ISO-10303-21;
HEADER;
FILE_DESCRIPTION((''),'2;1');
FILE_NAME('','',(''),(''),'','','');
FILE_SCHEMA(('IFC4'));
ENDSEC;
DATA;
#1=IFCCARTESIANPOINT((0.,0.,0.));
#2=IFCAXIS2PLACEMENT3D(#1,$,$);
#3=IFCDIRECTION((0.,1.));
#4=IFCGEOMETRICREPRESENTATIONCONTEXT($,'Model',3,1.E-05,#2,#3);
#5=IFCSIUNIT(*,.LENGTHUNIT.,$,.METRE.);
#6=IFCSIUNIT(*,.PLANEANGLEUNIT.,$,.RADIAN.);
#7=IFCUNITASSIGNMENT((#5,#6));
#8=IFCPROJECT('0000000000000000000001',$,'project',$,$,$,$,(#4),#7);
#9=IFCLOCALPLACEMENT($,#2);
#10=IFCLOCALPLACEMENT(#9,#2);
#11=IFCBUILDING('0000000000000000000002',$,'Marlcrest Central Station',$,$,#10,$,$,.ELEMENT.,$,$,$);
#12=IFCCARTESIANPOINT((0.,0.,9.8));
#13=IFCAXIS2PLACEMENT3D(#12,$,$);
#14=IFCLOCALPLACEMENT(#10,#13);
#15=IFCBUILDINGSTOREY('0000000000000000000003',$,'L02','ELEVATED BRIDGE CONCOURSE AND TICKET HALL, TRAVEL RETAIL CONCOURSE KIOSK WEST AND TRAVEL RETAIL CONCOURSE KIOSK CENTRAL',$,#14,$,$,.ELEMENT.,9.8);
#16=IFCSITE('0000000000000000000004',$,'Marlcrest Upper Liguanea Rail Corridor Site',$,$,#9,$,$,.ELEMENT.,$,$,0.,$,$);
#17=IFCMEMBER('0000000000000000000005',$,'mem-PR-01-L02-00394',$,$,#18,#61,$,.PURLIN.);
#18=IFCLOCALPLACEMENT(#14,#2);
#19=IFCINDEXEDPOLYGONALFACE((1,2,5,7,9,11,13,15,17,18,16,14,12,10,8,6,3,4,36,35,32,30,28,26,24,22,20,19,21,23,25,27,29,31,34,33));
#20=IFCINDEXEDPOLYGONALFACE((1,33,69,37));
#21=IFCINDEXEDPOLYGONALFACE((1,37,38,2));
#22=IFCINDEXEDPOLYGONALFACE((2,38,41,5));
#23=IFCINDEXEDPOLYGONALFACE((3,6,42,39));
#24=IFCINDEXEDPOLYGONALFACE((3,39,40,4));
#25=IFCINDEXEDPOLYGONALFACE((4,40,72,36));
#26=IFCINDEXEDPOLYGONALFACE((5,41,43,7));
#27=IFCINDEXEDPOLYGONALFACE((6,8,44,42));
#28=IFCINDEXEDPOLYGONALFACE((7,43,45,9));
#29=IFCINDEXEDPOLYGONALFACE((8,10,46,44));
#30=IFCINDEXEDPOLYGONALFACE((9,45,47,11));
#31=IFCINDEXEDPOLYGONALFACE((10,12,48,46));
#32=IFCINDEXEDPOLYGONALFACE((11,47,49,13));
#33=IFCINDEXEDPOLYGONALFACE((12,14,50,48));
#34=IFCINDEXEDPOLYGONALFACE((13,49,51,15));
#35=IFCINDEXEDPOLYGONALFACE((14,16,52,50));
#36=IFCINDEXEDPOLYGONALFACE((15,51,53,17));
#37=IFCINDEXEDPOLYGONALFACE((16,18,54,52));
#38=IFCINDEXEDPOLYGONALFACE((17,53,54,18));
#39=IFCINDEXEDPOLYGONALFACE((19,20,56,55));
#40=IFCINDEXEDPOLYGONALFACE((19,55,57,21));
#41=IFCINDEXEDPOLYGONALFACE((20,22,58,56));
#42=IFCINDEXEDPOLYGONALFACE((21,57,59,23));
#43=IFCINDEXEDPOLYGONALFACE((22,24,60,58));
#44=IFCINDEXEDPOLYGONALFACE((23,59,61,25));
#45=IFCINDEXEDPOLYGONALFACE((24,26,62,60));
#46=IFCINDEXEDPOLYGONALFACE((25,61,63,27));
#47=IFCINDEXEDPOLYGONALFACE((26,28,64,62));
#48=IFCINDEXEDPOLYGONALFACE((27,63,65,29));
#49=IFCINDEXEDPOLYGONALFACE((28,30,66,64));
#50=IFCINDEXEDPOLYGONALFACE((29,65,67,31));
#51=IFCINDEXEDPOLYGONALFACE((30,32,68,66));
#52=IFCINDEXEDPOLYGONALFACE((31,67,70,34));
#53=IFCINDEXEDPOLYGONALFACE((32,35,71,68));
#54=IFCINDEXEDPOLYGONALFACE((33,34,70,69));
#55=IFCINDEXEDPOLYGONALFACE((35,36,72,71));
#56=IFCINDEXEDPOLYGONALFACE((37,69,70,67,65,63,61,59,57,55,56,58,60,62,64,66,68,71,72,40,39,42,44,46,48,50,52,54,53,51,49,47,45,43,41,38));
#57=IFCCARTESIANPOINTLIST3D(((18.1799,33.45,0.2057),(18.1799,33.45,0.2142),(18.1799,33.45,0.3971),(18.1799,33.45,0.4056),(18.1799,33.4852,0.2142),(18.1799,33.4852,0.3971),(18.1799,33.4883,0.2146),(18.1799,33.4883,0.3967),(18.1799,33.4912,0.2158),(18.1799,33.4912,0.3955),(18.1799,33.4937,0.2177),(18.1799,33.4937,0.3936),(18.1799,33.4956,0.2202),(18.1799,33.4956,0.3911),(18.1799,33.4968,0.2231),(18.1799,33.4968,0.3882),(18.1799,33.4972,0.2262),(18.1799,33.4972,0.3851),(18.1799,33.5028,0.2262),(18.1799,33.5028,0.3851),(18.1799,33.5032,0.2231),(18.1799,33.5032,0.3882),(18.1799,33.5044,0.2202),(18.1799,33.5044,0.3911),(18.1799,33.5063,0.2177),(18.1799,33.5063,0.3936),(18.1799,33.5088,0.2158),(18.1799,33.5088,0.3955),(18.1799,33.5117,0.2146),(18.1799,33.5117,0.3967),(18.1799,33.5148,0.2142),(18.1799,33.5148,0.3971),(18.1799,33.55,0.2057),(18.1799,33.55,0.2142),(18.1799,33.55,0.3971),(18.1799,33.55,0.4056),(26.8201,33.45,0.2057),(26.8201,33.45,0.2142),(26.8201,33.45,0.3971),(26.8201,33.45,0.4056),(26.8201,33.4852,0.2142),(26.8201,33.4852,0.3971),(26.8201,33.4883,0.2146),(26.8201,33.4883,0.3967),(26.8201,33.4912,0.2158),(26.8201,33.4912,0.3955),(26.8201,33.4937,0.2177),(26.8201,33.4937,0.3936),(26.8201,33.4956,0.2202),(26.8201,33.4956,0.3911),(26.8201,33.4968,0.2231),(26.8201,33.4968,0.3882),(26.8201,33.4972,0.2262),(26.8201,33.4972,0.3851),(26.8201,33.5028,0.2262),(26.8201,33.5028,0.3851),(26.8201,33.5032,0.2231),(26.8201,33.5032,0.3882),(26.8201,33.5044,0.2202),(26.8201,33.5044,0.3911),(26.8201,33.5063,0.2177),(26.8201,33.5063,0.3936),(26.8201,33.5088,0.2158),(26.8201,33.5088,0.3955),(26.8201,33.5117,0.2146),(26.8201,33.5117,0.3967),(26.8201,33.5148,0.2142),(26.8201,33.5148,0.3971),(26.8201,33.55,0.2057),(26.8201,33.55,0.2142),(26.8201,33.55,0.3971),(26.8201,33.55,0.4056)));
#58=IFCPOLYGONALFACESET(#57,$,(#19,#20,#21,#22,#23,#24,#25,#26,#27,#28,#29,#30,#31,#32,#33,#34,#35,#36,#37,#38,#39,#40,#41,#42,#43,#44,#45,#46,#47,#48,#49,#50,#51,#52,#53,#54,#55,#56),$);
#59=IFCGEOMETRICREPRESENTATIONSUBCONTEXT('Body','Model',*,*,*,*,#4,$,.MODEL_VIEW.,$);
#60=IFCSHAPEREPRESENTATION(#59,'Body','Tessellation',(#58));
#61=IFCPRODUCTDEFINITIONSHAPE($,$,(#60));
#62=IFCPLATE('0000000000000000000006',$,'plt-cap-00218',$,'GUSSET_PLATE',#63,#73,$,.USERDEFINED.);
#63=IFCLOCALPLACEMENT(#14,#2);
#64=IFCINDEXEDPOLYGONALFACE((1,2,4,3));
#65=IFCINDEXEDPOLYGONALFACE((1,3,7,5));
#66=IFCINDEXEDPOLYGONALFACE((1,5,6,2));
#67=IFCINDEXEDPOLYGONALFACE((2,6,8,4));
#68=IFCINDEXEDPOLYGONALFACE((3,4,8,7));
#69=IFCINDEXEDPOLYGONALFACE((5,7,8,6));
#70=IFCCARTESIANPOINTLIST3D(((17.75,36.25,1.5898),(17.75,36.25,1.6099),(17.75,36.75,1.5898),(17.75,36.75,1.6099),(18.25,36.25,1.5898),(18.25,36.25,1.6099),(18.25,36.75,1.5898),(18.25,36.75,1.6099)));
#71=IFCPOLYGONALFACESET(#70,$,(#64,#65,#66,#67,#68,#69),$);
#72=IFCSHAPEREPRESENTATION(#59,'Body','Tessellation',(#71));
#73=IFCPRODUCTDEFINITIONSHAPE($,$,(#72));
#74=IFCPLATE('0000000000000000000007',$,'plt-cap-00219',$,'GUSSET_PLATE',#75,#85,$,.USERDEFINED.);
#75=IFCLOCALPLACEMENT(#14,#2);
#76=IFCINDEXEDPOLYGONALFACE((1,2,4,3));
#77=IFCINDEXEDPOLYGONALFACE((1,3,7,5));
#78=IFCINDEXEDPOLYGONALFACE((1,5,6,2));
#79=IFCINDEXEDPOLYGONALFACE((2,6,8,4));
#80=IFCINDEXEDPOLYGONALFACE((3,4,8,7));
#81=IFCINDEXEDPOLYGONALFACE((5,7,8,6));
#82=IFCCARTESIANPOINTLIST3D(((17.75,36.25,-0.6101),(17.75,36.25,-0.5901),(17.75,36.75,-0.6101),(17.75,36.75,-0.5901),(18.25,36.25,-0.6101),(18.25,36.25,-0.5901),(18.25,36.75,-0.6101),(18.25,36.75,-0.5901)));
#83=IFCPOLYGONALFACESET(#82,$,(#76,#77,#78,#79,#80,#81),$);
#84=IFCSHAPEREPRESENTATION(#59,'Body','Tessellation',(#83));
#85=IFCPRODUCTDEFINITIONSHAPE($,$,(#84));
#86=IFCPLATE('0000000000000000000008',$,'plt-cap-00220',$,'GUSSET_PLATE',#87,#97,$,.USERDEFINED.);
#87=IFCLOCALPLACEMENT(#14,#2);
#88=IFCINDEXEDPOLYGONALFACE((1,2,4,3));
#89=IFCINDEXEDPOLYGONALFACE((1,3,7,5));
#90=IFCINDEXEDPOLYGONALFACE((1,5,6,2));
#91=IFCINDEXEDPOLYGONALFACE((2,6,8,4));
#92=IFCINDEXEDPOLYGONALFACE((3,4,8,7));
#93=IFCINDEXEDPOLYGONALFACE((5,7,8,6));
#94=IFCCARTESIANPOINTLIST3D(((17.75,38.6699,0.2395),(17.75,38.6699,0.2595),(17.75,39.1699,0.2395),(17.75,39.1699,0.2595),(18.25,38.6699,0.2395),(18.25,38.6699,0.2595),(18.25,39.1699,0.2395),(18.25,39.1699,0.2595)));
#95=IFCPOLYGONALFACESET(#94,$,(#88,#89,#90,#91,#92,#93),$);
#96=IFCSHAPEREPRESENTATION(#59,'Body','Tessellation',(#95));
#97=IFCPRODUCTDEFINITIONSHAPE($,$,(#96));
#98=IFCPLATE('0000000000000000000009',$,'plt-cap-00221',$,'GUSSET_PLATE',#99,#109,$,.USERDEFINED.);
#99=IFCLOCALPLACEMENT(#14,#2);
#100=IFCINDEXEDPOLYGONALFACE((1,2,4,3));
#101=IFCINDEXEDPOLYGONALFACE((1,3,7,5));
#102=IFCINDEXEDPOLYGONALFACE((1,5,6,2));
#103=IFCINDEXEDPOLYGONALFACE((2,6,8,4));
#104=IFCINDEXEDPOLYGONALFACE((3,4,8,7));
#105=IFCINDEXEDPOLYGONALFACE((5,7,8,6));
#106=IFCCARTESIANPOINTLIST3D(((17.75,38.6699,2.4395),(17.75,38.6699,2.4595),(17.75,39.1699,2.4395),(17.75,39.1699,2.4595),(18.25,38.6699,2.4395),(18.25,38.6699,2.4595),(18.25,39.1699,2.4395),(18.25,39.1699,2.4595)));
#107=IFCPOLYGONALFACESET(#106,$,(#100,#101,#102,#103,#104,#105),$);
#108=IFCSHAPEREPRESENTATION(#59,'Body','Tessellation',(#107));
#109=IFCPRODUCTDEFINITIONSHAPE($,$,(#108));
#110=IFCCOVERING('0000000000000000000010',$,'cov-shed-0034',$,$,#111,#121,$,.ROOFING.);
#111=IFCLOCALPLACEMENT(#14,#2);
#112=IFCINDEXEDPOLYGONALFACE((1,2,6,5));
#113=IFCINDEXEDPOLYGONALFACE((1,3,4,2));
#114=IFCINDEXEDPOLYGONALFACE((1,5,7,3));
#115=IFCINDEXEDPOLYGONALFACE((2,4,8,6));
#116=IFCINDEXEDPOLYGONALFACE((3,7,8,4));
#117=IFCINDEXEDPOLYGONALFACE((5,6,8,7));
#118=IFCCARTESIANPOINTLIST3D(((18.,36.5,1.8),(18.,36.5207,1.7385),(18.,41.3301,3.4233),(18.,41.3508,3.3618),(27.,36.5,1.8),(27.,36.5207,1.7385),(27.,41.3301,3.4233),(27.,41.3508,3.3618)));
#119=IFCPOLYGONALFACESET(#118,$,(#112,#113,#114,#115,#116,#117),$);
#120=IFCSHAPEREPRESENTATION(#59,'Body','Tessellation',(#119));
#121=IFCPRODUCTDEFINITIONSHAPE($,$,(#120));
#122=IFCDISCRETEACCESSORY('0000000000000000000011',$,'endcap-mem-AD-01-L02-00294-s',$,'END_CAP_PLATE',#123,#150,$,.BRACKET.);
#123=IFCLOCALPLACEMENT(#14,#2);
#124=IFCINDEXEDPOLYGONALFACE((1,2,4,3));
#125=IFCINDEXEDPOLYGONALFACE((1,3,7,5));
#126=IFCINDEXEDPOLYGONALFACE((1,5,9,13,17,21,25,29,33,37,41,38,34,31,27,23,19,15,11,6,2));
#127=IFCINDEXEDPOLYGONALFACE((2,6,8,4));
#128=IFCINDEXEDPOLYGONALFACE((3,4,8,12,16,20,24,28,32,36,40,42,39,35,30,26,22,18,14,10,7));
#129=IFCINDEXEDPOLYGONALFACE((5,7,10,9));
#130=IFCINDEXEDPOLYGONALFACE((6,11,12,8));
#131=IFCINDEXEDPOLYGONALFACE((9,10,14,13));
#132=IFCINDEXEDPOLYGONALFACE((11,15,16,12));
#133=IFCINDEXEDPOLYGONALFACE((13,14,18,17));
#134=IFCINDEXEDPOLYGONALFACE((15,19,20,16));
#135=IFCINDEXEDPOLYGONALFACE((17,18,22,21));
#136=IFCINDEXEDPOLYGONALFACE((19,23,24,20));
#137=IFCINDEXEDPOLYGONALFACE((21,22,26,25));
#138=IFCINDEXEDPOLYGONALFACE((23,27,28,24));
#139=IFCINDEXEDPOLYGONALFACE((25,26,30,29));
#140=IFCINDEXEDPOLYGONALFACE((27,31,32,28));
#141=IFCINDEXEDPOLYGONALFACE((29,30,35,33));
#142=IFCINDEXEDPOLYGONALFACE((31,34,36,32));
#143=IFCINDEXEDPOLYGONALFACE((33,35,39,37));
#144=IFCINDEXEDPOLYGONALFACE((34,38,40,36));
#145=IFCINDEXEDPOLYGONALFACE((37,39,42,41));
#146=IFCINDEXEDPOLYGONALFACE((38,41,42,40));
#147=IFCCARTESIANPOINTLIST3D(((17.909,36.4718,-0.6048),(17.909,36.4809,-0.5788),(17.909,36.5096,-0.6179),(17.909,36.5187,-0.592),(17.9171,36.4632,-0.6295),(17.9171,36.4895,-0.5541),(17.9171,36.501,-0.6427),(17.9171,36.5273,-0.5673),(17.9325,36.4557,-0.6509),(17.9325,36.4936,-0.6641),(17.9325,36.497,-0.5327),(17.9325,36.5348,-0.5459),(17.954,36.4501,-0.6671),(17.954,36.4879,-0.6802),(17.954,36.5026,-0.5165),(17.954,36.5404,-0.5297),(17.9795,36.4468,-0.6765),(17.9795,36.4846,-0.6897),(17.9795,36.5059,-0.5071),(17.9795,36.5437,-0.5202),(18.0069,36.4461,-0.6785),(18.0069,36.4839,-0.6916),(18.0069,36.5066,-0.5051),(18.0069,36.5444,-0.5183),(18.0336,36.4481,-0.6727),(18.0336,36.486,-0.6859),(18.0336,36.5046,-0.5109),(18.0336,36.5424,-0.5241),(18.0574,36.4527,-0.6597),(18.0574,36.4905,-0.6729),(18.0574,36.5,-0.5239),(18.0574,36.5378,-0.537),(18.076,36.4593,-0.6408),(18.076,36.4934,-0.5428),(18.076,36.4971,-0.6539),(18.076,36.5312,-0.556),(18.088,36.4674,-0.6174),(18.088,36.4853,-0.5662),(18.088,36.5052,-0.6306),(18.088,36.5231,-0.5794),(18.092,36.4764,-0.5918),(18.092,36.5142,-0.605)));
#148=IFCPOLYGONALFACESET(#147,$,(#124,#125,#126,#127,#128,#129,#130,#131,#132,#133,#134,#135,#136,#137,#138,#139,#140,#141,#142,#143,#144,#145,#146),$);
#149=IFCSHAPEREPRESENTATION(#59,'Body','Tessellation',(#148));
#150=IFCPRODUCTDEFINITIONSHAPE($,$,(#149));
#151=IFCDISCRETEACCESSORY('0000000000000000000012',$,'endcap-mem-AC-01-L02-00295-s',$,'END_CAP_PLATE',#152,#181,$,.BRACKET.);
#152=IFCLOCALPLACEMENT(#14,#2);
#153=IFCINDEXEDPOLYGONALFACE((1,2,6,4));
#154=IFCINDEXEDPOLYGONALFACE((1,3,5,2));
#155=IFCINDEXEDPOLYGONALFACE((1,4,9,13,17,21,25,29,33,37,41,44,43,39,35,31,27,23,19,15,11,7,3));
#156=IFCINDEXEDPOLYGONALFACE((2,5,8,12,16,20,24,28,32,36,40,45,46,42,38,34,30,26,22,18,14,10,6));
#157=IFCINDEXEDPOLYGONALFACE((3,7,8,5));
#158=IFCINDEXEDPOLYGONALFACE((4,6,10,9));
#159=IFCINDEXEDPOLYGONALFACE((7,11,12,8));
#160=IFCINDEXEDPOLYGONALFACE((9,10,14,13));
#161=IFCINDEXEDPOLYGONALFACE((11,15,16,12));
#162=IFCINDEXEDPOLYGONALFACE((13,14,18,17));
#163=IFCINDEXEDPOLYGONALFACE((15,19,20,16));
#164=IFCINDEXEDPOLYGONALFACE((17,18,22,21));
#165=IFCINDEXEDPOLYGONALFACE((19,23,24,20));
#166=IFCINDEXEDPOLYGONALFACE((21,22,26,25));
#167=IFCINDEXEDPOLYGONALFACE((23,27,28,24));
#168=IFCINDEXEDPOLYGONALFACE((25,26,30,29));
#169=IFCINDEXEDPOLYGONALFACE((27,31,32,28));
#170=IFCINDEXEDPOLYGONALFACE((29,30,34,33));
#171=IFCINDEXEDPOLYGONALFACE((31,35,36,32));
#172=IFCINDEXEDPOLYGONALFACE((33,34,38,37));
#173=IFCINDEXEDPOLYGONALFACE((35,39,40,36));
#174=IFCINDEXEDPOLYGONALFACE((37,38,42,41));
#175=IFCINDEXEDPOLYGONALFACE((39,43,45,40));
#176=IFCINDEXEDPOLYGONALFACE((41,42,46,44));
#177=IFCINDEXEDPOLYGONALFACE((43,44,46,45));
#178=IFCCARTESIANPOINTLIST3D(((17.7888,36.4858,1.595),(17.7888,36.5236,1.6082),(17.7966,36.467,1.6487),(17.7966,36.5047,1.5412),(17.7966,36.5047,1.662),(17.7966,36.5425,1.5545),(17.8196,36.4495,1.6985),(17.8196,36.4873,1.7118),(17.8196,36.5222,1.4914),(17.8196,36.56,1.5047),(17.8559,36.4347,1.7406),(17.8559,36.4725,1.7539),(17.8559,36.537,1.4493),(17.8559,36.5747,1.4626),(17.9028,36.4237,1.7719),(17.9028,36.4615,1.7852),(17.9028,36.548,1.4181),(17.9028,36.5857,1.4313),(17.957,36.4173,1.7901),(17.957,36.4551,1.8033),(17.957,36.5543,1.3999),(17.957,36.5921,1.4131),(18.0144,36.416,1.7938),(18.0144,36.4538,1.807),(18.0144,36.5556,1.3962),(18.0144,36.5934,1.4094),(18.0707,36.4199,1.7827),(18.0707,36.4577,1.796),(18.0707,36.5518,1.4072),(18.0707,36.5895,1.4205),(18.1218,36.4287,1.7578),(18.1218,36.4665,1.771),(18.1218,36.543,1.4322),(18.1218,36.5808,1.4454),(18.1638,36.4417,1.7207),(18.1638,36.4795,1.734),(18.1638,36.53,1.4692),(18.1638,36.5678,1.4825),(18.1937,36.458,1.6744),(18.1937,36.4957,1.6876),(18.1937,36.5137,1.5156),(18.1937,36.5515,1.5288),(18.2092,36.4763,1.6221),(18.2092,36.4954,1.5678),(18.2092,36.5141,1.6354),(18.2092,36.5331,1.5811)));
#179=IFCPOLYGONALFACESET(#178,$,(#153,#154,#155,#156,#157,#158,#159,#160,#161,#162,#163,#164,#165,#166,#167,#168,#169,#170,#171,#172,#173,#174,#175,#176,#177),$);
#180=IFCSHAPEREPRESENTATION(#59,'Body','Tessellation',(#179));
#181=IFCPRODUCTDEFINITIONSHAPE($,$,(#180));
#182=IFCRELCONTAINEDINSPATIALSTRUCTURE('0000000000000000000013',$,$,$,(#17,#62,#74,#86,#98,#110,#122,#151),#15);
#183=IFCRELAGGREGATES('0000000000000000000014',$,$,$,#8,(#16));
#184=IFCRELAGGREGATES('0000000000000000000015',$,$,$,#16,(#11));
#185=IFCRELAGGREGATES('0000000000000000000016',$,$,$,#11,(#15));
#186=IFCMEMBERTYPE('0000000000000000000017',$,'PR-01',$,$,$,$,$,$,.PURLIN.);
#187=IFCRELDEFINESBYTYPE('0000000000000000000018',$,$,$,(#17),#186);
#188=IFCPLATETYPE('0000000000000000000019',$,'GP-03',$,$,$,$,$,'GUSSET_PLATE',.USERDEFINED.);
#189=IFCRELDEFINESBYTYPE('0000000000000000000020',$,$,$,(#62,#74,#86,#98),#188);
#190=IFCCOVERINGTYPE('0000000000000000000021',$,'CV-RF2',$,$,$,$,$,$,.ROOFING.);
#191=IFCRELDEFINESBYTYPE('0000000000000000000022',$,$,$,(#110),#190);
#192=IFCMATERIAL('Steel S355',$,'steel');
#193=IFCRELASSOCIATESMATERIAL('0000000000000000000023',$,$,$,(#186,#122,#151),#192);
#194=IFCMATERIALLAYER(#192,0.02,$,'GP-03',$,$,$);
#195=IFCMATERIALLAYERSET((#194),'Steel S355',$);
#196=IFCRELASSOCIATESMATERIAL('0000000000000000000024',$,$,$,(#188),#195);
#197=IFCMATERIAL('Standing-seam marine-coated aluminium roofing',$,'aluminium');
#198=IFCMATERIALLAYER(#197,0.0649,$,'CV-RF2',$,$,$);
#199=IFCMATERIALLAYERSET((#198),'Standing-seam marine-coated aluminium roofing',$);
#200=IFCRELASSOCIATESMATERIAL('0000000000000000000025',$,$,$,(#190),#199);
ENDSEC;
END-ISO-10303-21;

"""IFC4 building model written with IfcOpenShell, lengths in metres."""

from ifc_helpers import new_model, si_unit, direction, frame, origin, origin_2d, place, context, subcontext, project, spatial, polyline, rectangle, circle, i_section, outline, extrude, material, layer, layer_set, material_profile, profile_set, type_object, element, save


model = new_model("IFC4")

# Units and contexts
model_context = context("Model", 3, precision=1e-05, world=origin(), true_north=direction((0.0, 1.0)))
body_context = subcontext(model_context, "Body", "Model", "MODEL_VIEW")
ifc_project = project(units=[si_unit("LENGTHUNIT", "METRE"), si_unit("PLANEANGLEUNIT", "RADIAN")], contexts=[model_context])

# Site, building, storey
site_placement = place(None, origin())
site = spatial("IfcSite", under=ifc_project, at=site_placement, Name="Marlcrest Upper Liguanea Rail Corridor Site", CompositionType="ELEMENT", RefElevation=0.0)
building_placement = place(site_placement, origin())
building = spatial("IfcBuilding", under=site, at=building_placement, Name="Marlcrest Central Station", CompositionType="ELEMENT")
storey_placement = place(building_placement, frame((0.0, 0.0, 9.8)))
storey = spatial("IfcBuildingStorey", under=building, at=storey_placement, Name="L02", Description="ELEVATED BRIDGE CONCOURSE AND TICKET HALL, TRAVEL RETAIL CONCOURSE KIOSK WEST AND TRAVEL RETAIL CONCOURSE KIOSK CENTRAL", CompositionType="ELEMENT", Elevation=9.8)

# Member
ifc_material_1 = material(Name="Steel S355", Category="steel")
ifc_material_profile_1 = material_profile(ifc_material_1, i_section(OverallWidth=0.1001, OverallDepth=0.2, WebThickness=0.0056, FlangeThickness=0.0085, FilletRadius=0.012, at=origin_2d()), Name="IPE 200")
ifc_profile_set_1 = profile_set([ifc_material_profile_1], Name="Steel S355")
member_type_1 = type_object("IfcMemberType", Name="PR-01", PredefinedType="PURLIN", material=ifc_profile_set_1)
member_1_placement = place(storey_placement, frame((18.1799, 33.5, 0.3057), z_axis=(1.0, 0.0, 0.0), x_axis=(0.0, 1.0, 0.0)))
element("IfcMember", 1, at=member_1_placement, inside=storey, type_object=member_type_1, Name="mem-PR-01-L02-00394", PredefinedType="PURLIN", context=body_context, shape_type="SweptSolid", body=[
    extrude(i_section(OverallWidth=0.1001, OverallDepth=0.2, WebThickness=0.0056, FlangeThickness=0.0085, FilletRadius=0.012, at=origin_2d()), origin(), (0.0, 0.0, 1.0), 8.6401),
])

# Plates
ifc_layer_1 = layer(ifc_material_1, 0.02, Name="GP-03")
ifc_layer_set_1 = layer_set([ifc_layer_1], Name="Steel S355")
plate_type = type_object("IfcPlateType", Name="GP-03", ElementType="GUSSET_PLATE", PredefinedType="USERDEFINED", material=ifc_layer_set_1)
for number, where, z_axis, x_axis, name in (
    (2, (18.0, 36.5, 1.5898), (0.0, 0.0, 1.0), (1.0, 0.0, 0.0), "plt-cap-00218"),
    (3, (18.0, 36.5, -0.6101), (0.0, 0.0, 1.0), (1.0, 0.0, 0.0), "plt-cap-00219"),
    (4, (18.0, 38.9199, 0.2395), (0.0, 0.0, 1.0), (1.0, 0.0, 0.0), "plt-cap-00220"),
    (5, (18.0, 38.9199, 2.4395), (0.0, 0.0, 1.0), (1.0, 0.0, 0.0), "plt-cap-00221"),
):
    element("IfcPlate", number, at=place(storey_placement, frame(where, z_axis=z_axis, x_axis=x_axis)), inside=storey, type_object=plate_type, Name=name, ObjectType="GUSSET_PLATE", PredefinedType="USERDEFINED", context=body_context, shape_type="SweptSolid", body=[
        extrude(rectangle(XDim=0.5, YDim=0.5, at=origin_2d()), origin(), (0.0, 0.0, 1.0), 0.02),
    ])

# Covering
ifc_material_2 = material(Name="Standing-seam marine-coated aluminium roofing", Category="aluminium")
ifc_layer_2 = layer(ifc_material_2, 0.0649, Name="CV-RF2")
ifc_layer_set_2 = layer_set([ifc_layer_2], Name="Standing-seam marine-coated aluminium roofing")
covering_type = type_object("IfcCoveringType", Name="CV-RF2", PredefinedType="ROOFING", material=ifc_layer_set_2)
covering_placement = place(storey_placement, frame((18.0, 36.5, 1.8), z_axis=(0.0, -0.31857, 0.947899), x_axis=(1.0, 0.0, 0.0)))
element("IfcCovering", 6, at=covering_placement, inside=storey, type_object=covering_type, Name="cov-shed-0034", PredefinedType="ROOFING", context=body_context, shape_type="SweptSolid", body=[
    extrude(outline(polyline([(0.0, 0.0), (9.0, 0.0), (9.0, 5.0956), (0.0, 5.0956), (0.0, 0.0)])), origin(), (0.0, 0.0, -1.0), 0.0649),
])

# Discrete accessories
discrete_accessory_1_placement = place(storey_placement, frame((18.0, 36.5142, -0.605), z_axis=(0.0, -0.94426, 0.3292), x_axis=(1.0, 0.0, 0.0)))
element("IfcDiscreteAccessory", 7, at=discrete_accessory_1_placement, inside=storey, material=ifc_material_1, Name="endcap-mem-AD-01-L02-00294-s", ObjectType="END_CAP_PLATE", PredefinedType="BRACKET", context=body_context, shape_type="SweptSolid", body=[
    extrude(circle(Radius=0.092, at=origin_2d()), origin(), (0.0, 0.0, 1.0), 0.04),
])
for number, where, z_axis, x_axis, name in (
    (8, (18.0, 36.4858, 1.595), (0.0, 0.943537, 0.331266), (-1.0, 0.0, 0.0), "endcap-mem-AC-01-L02-00295-s"),
):
    element("IfcDiscreteAccessory", number, at=place(storey_placement, frame(where, z_axis=z_axis, x_axis=x_axis)), inside=storey, material=ifc_material_1, Name=name, ObjectType="END_CAP_PLATE", PredefinedType="BRACKET", context=body_context, shape_type="SweptSolid", body=[
        extrude(circle(Radius=0.2112, at=origin_2d()), origin(), (0.0, 0.0, 1.0), 0.04),
    ])

save(model, "model.ifc")
